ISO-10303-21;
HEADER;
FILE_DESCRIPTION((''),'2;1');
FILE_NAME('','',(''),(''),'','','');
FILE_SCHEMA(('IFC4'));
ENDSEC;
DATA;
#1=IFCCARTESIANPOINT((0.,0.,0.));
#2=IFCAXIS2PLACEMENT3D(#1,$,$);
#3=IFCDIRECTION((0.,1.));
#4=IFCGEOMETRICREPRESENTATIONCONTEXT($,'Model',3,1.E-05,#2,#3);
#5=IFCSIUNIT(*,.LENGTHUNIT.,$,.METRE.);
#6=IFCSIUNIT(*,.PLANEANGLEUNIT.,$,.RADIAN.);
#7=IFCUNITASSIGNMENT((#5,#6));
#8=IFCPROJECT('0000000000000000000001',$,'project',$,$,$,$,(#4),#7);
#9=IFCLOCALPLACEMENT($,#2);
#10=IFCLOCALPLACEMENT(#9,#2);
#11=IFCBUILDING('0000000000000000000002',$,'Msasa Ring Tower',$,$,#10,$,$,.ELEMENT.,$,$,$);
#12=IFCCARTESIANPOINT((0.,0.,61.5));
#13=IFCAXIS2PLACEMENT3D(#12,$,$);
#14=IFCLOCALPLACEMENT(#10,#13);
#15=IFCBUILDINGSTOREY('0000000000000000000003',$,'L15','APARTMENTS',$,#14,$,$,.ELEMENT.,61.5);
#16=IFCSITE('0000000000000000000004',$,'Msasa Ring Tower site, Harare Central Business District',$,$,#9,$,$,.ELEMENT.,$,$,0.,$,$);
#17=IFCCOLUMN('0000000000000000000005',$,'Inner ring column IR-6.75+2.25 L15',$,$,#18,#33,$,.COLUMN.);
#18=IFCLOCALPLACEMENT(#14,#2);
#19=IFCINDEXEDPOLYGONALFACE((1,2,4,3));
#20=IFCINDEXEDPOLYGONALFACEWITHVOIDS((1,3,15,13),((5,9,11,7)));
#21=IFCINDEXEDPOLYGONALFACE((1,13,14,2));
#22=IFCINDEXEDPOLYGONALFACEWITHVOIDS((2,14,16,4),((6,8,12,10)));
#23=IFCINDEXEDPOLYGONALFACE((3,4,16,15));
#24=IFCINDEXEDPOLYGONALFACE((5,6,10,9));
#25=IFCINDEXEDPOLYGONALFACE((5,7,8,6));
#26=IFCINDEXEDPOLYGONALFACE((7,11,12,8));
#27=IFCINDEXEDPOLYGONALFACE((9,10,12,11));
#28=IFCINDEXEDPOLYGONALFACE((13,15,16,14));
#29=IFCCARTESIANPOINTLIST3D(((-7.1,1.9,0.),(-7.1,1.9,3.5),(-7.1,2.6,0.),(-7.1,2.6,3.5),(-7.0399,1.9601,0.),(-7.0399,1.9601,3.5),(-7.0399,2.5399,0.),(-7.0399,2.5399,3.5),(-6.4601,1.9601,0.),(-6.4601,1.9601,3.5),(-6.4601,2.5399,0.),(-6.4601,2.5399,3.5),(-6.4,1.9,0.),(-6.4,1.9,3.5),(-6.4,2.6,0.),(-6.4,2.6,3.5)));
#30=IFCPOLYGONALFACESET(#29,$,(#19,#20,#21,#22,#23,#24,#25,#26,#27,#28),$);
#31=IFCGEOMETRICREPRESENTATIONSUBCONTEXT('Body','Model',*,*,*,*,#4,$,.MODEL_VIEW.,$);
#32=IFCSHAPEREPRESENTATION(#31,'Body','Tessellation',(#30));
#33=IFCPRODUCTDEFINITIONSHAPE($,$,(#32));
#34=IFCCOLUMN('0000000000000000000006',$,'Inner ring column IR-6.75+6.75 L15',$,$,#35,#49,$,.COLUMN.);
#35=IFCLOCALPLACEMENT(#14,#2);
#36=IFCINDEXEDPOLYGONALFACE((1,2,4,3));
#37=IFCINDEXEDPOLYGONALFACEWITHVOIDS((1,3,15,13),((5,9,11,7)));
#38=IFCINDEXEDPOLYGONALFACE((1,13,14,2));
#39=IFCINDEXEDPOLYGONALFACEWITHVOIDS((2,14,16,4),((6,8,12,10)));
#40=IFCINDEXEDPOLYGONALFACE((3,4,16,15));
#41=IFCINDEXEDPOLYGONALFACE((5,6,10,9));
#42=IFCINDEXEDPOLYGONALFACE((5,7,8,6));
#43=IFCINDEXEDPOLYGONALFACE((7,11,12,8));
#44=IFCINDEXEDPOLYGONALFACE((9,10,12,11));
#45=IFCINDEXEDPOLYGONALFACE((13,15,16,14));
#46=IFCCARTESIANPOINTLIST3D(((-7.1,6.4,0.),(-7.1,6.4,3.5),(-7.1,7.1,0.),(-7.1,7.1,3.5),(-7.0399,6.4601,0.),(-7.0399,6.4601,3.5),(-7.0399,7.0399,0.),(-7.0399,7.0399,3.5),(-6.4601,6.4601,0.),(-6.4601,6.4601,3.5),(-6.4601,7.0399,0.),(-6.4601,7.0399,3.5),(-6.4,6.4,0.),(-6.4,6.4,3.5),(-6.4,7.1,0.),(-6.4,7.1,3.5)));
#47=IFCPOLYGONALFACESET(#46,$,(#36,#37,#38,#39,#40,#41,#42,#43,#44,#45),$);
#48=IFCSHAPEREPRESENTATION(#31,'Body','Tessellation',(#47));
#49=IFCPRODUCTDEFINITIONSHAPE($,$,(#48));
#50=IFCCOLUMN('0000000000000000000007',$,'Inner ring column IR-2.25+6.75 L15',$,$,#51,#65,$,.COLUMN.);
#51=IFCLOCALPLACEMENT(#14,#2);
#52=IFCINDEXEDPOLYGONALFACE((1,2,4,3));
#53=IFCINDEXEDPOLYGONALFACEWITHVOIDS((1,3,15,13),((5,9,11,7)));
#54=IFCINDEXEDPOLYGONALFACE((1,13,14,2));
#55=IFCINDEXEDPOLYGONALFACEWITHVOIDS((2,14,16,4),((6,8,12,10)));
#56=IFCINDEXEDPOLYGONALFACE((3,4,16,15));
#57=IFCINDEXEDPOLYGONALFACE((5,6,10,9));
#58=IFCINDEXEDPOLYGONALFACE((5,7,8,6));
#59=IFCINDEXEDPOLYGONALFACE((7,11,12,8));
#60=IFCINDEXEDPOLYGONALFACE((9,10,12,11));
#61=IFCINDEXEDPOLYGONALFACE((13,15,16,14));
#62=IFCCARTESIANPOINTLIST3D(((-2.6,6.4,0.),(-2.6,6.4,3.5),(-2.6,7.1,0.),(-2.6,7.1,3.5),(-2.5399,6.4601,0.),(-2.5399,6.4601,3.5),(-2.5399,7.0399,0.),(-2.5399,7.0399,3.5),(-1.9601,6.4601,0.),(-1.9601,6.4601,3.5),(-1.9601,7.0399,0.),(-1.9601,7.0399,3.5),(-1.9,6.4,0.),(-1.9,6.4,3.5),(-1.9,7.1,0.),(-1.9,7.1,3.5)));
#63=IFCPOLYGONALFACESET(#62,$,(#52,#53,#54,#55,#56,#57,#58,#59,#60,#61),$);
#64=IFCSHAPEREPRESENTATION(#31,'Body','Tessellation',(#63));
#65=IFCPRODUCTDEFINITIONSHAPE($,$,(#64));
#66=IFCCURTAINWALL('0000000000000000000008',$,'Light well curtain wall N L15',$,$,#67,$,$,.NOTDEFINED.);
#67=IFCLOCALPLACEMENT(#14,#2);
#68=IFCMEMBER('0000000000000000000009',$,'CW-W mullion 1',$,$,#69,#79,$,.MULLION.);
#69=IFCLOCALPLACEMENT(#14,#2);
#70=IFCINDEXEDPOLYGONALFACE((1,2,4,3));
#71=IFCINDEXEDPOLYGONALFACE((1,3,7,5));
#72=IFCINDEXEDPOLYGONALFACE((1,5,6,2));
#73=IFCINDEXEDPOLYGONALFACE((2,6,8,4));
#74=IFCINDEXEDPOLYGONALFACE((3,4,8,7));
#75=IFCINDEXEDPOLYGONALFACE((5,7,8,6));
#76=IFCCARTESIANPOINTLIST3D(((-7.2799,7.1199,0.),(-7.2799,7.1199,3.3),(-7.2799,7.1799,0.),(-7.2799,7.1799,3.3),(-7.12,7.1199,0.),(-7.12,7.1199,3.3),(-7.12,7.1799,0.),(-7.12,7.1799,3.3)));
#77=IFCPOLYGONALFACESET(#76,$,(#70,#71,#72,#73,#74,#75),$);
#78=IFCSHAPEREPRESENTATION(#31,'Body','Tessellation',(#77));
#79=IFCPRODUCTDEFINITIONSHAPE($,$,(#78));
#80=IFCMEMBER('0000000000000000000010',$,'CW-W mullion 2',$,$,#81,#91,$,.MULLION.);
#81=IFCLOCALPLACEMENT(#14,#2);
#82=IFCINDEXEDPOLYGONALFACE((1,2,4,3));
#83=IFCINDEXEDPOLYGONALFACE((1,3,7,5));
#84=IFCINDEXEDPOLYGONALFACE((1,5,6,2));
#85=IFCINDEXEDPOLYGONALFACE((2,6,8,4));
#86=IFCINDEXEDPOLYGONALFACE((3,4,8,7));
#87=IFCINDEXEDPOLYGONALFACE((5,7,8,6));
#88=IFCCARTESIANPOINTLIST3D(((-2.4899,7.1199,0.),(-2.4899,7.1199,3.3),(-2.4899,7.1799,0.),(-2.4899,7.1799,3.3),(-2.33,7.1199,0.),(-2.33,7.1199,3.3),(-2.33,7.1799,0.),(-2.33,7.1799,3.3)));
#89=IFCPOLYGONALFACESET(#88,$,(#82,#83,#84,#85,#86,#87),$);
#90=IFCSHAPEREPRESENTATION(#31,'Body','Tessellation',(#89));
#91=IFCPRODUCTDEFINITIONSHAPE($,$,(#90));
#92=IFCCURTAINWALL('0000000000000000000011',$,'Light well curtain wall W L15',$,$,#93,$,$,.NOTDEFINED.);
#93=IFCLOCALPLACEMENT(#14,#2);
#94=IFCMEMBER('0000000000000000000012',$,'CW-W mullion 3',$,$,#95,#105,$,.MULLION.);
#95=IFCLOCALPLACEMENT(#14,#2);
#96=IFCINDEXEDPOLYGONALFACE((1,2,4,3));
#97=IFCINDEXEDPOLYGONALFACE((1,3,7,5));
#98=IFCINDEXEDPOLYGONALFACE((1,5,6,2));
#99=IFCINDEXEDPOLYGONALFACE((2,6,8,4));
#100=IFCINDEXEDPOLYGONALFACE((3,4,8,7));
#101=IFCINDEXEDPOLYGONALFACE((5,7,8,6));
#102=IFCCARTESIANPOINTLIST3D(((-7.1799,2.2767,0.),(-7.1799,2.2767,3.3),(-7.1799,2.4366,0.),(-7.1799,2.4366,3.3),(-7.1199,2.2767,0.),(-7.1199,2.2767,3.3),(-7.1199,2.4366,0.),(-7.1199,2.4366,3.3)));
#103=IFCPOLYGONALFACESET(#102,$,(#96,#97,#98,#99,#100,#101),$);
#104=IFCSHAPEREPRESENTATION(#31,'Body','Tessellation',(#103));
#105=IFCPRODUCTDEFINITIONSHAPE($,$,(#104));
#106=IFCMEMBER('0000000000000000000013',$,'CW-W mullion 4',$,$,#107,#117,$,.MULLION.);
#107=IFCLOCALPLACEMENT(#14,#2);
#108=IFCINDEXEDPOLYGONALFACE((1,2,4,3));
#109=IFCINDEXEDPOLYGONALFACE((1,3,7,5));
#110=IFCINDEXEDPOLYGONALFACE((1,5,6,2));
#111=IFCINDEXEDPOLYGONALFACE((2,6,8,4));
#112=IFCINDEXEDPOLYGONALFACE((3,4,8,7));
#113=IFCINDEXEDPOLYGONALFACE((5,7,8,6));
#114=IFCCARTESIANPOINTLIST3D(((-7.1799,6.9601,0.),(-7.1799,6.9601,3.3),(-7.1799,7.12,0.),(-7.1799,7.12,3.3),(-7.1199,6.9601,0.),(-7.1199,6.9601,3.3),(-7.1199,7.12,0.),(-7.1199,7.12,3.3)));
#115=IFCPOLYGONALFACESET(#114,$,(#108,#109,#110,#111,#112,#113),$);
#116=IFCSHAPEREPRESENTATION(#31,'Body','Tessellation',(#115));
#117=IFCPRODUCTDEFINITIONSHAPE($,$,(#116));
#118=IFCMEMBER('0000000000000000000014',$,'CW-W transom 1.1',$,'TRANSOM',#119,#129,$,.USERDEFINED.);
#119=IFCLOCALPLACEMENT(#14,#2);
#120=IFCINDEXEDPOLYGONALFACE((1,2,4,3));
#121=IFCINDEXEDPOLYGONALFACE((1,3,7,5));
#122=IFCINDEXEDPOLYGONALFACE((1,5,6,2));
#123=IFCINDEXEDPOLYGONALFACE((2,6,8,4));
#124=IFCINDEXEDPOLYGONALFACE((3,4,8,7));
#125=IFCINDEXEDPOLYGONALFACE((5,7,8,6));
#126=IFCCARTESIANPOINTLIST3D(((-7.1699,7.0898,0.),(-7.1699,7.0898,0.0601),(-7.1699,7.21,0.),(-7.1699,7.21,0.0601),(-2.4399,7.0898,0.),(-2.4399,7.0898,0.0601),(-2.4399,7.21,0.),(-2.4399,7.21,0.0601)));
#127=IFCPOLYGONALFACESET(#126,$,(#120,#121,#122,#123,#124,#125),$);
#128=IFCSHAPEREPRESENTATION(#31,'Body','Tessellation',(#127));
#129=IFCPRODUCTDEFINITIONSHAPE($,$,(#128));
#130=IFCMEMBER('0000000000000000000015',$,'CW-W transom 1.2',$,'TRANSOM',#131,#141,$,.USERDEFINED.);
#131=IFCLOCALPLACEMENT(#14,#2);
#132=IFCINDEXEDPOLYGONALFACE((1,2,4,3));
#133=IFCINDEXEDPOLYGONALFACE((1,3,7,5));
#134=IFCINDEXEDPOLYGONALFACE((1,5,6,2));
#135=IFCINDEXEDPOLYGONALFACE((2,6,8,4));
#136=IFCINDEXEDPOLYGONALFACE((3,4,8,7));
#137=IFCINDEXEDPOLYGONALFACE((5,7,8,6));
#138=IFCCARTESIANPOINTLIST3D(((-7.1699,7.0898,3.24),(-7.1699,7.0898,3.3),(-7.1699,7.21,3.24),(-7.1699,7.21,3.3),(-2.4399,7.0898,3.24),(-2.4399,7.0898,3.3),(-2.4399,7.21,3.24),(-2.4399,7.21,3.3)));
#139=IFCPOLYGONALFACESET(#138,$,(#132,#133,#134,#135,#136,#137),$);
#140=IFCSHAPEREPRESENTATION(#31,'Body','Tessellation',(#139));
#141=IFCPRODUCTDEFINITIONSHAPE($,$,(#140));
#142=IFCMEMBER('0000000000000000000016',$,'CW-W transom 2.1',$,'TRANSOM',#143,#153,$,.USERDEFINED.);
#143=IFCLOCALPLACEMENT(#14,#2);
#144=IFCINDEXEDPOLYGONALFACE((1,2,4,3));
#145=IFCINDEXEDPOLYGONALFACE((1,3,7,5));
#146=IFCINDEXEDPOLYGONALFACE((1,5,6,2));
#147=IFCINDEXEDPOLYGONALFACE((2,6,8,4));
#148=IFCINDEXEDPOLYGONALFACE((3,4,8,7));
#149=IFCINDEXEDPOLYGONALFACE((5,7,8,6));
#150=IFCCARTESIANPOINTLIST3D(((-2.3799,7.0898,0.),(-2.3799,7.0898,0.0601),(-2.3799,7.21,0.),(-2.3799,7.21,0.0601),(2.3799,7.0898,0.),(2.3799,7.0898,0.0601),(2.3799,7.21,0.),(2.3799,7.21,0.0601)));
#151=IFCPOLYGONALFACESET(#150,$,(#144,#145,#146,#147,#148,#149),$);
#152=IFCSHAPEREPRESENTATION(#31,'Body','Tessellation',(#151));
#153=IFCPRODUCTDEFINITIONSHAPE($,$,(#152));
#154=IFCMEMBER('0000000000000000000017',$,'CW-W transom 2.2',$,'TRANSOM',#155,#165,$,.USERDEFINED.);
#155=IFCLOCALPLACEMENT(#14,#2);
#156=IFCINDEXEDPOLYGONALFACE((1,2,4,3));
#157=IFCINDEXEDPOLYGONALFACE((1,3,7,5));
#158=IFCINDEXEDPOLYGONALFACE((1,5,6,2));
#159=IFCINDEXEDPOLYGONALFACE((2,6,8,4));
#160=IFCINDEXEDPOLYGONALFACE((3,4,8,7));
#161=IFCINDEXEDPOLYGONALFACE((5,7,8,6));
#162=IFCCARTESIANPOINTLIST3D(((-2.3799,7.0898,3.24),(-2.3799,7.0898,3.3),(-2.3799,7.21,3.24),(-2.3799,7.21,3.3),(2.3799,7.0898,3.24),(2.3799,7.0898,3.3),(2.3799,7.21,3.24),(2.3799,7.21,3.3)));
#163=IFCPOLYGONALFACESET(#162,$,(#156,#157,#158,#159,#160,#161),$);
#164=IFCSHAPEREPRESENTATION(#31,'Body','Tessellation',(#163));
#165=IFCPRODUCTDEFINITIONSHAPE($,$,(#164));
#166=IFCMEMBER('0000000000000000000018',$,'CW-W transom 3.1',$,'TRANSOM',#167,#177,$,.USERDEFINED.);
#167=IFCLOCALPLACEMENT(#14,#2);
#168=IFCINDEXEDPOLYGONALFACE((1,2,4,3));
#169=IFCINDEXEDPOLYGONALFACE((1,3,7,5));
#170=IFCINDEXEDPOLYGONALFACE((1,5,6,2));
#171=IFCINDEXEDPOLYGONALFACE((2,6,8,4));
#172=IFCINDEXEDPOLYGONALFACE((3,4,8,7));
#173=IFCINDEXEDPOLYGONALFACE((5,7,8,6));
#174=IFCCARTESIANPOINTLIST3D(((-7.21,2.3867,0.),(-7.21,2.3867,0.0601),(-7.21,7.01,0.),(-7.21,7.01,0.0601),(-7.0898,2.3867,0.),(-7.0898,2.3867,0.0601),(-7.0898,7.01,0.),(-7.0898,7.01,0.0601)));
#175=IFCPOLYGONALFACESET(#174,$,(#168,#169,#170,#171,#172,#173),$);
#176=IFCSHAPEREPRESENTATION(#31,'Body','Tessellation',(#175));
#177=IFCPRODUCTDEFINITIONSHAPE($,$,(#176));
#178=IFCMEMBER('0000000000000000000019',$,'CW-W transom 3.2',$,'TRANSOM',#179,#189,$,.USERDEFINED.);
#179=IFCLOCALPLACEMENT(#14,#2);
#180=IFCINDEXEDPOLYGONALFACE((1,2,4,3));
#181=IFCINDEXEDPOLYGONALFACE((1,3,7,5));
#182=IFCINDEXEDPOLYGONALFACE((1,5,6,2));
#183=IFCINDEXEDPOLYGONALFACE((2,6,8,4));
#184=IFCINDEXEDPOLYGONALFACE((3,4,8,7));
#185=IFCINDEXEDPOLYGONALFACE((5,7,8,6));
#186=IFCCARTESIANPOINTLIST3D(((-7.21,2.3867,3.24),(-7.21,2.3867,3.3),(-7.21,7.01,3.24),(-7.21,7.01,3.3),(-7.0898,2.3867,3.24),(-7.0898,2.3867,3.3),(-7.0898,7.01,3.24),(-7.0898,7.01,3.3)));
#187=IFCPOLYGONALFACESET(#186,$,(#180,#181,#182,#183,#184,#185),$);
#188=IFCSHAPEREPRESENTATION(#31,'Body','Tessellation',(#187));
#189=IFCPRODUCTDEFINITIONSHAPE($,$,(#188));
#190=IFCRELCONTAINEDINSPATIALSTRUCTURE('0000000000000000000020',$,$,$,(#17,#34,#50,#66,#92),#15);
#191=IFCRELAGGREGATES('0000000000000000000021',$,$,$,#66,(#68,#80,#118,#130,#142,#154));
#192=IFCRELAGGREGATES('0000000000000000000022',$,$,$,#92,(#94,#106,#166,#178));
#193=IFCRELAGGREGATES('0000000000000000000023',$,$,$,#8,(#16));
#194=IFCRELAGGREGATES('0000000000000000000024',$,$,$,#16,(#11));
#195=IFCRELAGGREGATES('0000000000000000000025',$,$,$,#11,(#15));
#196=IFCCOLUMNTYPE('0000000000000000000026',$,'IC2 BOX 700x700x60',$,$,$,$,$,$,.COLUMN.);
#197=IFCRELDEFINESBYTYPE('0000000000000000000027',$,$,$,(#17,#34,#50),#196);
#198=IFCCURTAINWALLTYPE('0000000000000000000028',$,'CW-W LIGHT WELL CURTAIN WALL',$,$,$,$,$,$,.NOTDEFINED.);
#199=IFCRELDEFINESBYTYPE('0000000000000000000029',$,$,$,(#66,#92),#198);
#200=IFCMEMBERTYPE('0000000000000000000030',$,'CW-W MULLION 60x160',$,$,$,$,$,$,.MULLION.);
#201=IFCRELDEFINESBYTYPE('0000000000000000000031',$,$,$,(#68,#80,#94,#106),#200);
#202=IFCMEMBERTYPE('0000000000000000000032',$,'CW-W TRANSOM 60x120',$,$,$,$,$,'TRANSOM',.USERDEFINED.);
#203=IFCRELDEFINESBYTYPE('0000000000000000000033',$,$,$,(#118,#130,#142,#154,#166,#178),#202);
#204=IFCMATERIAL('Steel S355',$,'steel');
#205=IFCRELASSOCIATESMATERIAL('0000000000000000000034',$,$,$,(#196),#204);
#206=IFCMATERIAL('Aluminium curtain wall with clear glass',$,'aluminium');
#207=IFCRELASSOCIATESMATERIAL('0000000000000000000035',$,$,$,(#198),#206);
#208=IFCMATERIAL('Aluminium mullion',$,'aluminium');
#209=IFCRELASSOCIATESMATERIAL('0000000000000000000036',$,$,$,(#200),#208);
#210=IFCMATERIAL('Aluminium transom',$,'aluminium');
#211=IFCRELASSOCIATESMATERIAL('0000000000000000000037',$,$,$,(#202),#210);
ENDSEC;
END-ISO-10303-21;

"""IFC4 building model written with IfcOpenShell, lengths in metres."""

from ifc_helpers import new_model, si_unit, direction, frame, origin, origin_2d, place, context, subcontext, project, spatial, rectangle, hollow_rectangle, extrude, material, material_profile, profile_set, type_object, element, aggregate, save


model = new_model("IFC4")

# Units and contexts
model_context = context("Model", 3, precision=1e-05, world=origin(), true_north=direction((0.0, 1.0)))
body_context = subcontext(model_context, "Body", "Model", "MODEL_VIEW")
ifc_project = project(units=[si_unit("LENGTHUNIT", "METRE"), si_unit("PLANEANGLEUNIT", "RADIAN")], contexts=[model_context])

# Site, building, storey
site_placement = place(None, origin())
site = spatial("IfcSite", under=ifc_project, at=site_placement, Name="Msasa Ring Tower site, Harare Central Business District", CompositionType="ELEMENT", RefElevation=0.0)
building_placement = place(site_placement, origin())
building = spatial("IfcBuilding", under=site, at=building_placement, Name="Msasa Ring Tower", CompositionType="ELEMENT")
storey_placement = place(building_placement, frame((0.0, 0.0, 61.5)))
storey = spatial("IfcBuildingStorey", under=building, at=storey_placement, Name="L15", Description="APARTMENTS", CompositionType="ELEMENT", Elevation=61.5)

# Columns
ifc_material_1 = material(Name="Steel S355", Category="steel")
ifc_material_profile_1 = material_profile(ifc_material_1, hollow_rectangle(XDim=0.7, YDim=0.7, WallThickness=0.0601, at=origin_2d()), Name="BOX 700x700x60")
ifc_profile_set_1 = profile_set([ifc_material_profile_1], Name="Steel S355")
column_type = type_object("IfcColumnType", Name="IC2 BOX 700x700x60", PredefinedType="COLUMN", material=ifc_profile_set_1)
for number, where, z_axis, x_axis, name in (
    (1, (-6.75, 2.25, 0.0), (0.0, 0.0, 1.0), (1.0, 0.0, 0.0), "Inner ring column IR-6.75+2.25 L15"),
    (2, (-6.75, 6.75, 0.0), (0.0, 0.0, 1.0), (1.0, 0.0, 0.0), "Inner ring column IR-6.75+6.75 L15"),
    (3, (-2.25, 6.75, 0.0), (0.0, 0.0, 1.0), (1.0, 0.0, 0.0), "Inner ring column IR-2.25+6.75 L15"),
):
    element("IfcColumn", number, at=place(storey_placement, frame(where, z_axis=z_axis, x_axis=x_axis)), inside=storey, type_object=column_type, Name=name, PredefinedType="COLUMN", context=body_context, shape_type="SweptSolid", body=[
        extrude(hollow_rectangle(XDim=0.7, YDim=0.7, WallThickness=0.0601, at=origin_2d()), origin(), (0.0, 0.0, 1.0), 3.5),
    ])

# Curtain walls, members
ifc_material_2 = material(Name="Aluminium curtain wall with clear glass", Category="aluminium")
curtain_wall_type = type_object("IfcCurtainWallType", Name="CW-W LIGHT WELL CURTAIN WALL", PredefinedType="NOTDEFINED", material=ifc_material_2)
curtain_wall_1_placement = place(storey_placement, origin())
curtain_wall_1 = element("IfcCurtainWall", 4, at=curtain_wall_1_placement, inside=storey, type_object=curtain_wall_type, Name="Light well curtain wall N L15", PredefinedType="NOTDEFINED")
ifc_material_3 = material(Name="Aluminium mullion", Category="aluminium")
ifc_material_profile_2 = material_profile(ifc_material_3, rectangle(XDim=0.0601, YDim=0.1599, at=origin_2d()), Name="AL 60x160")
ifc_profile_set_2 = profile_set([ifc_material_profile_2], Name="Aluminium mullion")
member_type_1 = type_object("IfcMemberType", Name="CW-W MULLION 60x160", PredefinedType="MULLION", material=ifc_profile_set_2)
member_1_placement = place(storey_placement, frame((-7.2, 7.1499, 0.0), z_axis=(0.0, 0.0, 1.0), x_axis=(0.0, 1.0, 0.0)))
member_1 = element("IfcMember", 5, at=member_1_placement, type_object=member_type_1, Name="CW-W mullion 1", PredefinedType="MULLION", context=body_context, shape_type="SweptSolid", body=[
    extrude(rectangle(XDim=0.0601, YDim=0.1599, at=origin_2d()), origin(), (0.0, 0.0, 1.0), 3.3),
])
member_2_placement = place(storey_placement, frame((-2.4099, 7.1499, 0.0), z_axis=(0.0, 0.0, 1.0), x_axis=(0.0, 1.0, 0.0)))
member_2 = element("IfcMember", 6, at=member_2_placement, type_object=member_type_1, Name="CW-W mullion 2", PredefinedType="MULLION", context=body_context, shape_type="SweptSolid", body=[
    extrude(rectangle(XDim=0.0601, YDim=0.1599, at=origin_2d()), origin(), (0.0, 0.0, 1.0), 3.3),
])
curtain_wall_2_placement = place(storey_placement, origin())
curtain_wall_2 = element("IfcCurtainWall", 7, at=curtain_wall_2_placement, inside=storey, type_object=curtain_wall_type, Name="Light well curtain wall W L15", PredefinedType="NOTDEFINED")
member_3_placement = place(storey_placement, frame((-7.1499, 2.3567, 0.0), z_axis=(0.0, 0.0, 1.0), x_axis=(-1.0, 0.0, 0.0)))
member_3 = element("IfcMember", 8, at=member_3_placement, type_object=member_type_1, Name="CW-W mullion 3", PredefinedType="MULLION", context=body_context, shape_type="SweptSolid", body=[
    extrude(rectangle(XDim=0.0601, YDim=0.1599, at=origin_2d()), origin(), (0.0, 0.0, 1.0), 3.3),
])
member_4_placement = place(storey_placement, frame((-7.1499, 7.04, 0.0), z_axis=(0.0, 0.0, 1.0), x_axis=(-1.0, 0.0, 0.0)))
member_4 = element("IfcMember", 9, at=member_4_placement, type_object=member_type_1, Name="CW-W mullion 4", PredefinedType="MULLION", context=body_context, shape_type="SweptSolid", body=[
    extrude(rectangle(XDim=0.0601, YDim=0.1599, at=origin_2d()), origin(), (0.0, 0.0, 1.0), 3.3),
])

# Members
ifc_material_4 = material(Name="Aluminium transom", Category="aluminium")
ifc_material_profile_3 = material_profile(ifc_material_4, rectangle(XDim=0.1201, YDim=0.0601, at=origin_2d()), Name="AL 60x120")
ifc_profile_set_3 = profile_set([ifc_material_profile_3], Name="Aluminium transom")
member_type_2 = type_object("IfcMemberType", Name="CW-W TRANSOM 60x120", ElementType="TRANSOM", PredefinedType="USERDEFINED", material=ifc_profile_set_3)
member_5_placement = place(storey_placement, frame((-7.1699, 7.1499, 0.03), z_axis=(1.0, 0.0, 0.0), x_axis=(0.0, 1.0, 0.0)))
member_5 = element("IfcMember", 10, at=member_5_placement, type_object=member_type_2, Name="CW-W transom 1.1", ObjectType="TRANSOM", PredefinedType="USERDEFINED", context=body_context, shape_type="SweptSolid", body=[
    extrude(rectangle(XDim=0.1201, YDim=0.0601, at=origin_2d()), origin(), (0.0, 0.0, 1.0), 4.73),
])
member_6_placement = place(storey_placement, frame((-7.1699, 7.1499, 3.27), z_axis=(1.0, 0.0, 0.0), x_axis=(0.0, 1.0, 0.0)))
member_6 = element("IfcMember", 11, at=member_6_placement, type_object=member_type_2, Name="CW-W transom 1.2", ObjectType="TRANSOM", PredefinedType="USERDEFINED", context=body_context, shape_type="SweptSolid", body=[
    extrude(rectangle(XDim=0.1201, YDim=0.0601, at=origin_2d()), origin(), (0.0, 0.0, 1.0), 4.73),
])
member_7_placement = place(storey_placement, frame((-2.3799, 7.1499, 0.03), z_axis=(1.0, 0.0, 0.0), x_axis=(0.0, 1.0, 0.0)))
member_7 = element("IfcMember", 12, at=member_7_placement, type_object=member_type_2, Name="CW-W transom 2.1", ObjectType="TRANSOM", PredefinedType="USERDEFINED", context=body_context, shape_type="SweptSolid", body=[
    extrude(rectangle(XDim=0.1201, YDim=0.0601, at=origin_2d()), origin(), (0.0, 0.0, 1.0), 4.7598),
])
member_8_placement = place(storey_placement, frame((-2.3799, 7.1499, 3.27), z_axis=(1.0, 0.0, 0.0), x_axis=(0.0, 1.0, 0.0)))
member_8 = element("IfcMember", 13, at=member_8_placement, type_object=member_type_2, Name="CW-W transom 2.2", ObjectType="TRANSOM", PredefinedType="USERDEFINED", context=body_context, shape_type="SweptSolid", body=[
    extrude(rectangle(XDim=0.1201, YDim=0.0601, at=origin_2d()), origin(), (0.0, 0.0, 1.0), 4.7598),
])
member_9_placement = place(storey_placement, frame((-7.1499, 2.3867, 0.03), z_axis=(0.0, 1.0, 0.0), x_axis=(-1.0, 0.0, 0.0)))
member_9 = element("IfcMember", 14, at=member_9_placement, type_object=member_type_2, Name="CW-W transom 3.1", ObjectType="TRANSOM", PredefinedType="USERDEFINED", context=body_context, shape_type="SweptSolid", body=[
    extrude(rectangle(XDim=0.1201, YDim=0.0601, at=origin_2d()), origin(), (0.0, 0.0, 1.0), 4.6233),
])
member_10_placement = place(storey_placement, frame((-7.1499, 2.3867, 3.27), z_axis=(0.0, 1.0, 0.0), x_axis=(-1.0, 0.0, 0.0)))
member_10 = element("IfcMember", 15, at=member_10_placement, type_object=member_type_2, Name="CW-W transom 3.2", ObjectType="TRANSOM", PredefinedType="USERDEFINED", context=body_context, shape_type="SweptSolid", body=[
    extrude(rectangle(XDim=0.1201, YDim=0.0601, at=origin_2d()), origin(), (0.0, 0.0, 1.0), 4.6233),
])

aggregate(curtain_wall_1, [member_1, member_2, member_5, member_6, member_7, member_8])
aggregate(curtain_wall_2, [member_3, member_4, member_9, member_10])

save(model, "model.ifc")
